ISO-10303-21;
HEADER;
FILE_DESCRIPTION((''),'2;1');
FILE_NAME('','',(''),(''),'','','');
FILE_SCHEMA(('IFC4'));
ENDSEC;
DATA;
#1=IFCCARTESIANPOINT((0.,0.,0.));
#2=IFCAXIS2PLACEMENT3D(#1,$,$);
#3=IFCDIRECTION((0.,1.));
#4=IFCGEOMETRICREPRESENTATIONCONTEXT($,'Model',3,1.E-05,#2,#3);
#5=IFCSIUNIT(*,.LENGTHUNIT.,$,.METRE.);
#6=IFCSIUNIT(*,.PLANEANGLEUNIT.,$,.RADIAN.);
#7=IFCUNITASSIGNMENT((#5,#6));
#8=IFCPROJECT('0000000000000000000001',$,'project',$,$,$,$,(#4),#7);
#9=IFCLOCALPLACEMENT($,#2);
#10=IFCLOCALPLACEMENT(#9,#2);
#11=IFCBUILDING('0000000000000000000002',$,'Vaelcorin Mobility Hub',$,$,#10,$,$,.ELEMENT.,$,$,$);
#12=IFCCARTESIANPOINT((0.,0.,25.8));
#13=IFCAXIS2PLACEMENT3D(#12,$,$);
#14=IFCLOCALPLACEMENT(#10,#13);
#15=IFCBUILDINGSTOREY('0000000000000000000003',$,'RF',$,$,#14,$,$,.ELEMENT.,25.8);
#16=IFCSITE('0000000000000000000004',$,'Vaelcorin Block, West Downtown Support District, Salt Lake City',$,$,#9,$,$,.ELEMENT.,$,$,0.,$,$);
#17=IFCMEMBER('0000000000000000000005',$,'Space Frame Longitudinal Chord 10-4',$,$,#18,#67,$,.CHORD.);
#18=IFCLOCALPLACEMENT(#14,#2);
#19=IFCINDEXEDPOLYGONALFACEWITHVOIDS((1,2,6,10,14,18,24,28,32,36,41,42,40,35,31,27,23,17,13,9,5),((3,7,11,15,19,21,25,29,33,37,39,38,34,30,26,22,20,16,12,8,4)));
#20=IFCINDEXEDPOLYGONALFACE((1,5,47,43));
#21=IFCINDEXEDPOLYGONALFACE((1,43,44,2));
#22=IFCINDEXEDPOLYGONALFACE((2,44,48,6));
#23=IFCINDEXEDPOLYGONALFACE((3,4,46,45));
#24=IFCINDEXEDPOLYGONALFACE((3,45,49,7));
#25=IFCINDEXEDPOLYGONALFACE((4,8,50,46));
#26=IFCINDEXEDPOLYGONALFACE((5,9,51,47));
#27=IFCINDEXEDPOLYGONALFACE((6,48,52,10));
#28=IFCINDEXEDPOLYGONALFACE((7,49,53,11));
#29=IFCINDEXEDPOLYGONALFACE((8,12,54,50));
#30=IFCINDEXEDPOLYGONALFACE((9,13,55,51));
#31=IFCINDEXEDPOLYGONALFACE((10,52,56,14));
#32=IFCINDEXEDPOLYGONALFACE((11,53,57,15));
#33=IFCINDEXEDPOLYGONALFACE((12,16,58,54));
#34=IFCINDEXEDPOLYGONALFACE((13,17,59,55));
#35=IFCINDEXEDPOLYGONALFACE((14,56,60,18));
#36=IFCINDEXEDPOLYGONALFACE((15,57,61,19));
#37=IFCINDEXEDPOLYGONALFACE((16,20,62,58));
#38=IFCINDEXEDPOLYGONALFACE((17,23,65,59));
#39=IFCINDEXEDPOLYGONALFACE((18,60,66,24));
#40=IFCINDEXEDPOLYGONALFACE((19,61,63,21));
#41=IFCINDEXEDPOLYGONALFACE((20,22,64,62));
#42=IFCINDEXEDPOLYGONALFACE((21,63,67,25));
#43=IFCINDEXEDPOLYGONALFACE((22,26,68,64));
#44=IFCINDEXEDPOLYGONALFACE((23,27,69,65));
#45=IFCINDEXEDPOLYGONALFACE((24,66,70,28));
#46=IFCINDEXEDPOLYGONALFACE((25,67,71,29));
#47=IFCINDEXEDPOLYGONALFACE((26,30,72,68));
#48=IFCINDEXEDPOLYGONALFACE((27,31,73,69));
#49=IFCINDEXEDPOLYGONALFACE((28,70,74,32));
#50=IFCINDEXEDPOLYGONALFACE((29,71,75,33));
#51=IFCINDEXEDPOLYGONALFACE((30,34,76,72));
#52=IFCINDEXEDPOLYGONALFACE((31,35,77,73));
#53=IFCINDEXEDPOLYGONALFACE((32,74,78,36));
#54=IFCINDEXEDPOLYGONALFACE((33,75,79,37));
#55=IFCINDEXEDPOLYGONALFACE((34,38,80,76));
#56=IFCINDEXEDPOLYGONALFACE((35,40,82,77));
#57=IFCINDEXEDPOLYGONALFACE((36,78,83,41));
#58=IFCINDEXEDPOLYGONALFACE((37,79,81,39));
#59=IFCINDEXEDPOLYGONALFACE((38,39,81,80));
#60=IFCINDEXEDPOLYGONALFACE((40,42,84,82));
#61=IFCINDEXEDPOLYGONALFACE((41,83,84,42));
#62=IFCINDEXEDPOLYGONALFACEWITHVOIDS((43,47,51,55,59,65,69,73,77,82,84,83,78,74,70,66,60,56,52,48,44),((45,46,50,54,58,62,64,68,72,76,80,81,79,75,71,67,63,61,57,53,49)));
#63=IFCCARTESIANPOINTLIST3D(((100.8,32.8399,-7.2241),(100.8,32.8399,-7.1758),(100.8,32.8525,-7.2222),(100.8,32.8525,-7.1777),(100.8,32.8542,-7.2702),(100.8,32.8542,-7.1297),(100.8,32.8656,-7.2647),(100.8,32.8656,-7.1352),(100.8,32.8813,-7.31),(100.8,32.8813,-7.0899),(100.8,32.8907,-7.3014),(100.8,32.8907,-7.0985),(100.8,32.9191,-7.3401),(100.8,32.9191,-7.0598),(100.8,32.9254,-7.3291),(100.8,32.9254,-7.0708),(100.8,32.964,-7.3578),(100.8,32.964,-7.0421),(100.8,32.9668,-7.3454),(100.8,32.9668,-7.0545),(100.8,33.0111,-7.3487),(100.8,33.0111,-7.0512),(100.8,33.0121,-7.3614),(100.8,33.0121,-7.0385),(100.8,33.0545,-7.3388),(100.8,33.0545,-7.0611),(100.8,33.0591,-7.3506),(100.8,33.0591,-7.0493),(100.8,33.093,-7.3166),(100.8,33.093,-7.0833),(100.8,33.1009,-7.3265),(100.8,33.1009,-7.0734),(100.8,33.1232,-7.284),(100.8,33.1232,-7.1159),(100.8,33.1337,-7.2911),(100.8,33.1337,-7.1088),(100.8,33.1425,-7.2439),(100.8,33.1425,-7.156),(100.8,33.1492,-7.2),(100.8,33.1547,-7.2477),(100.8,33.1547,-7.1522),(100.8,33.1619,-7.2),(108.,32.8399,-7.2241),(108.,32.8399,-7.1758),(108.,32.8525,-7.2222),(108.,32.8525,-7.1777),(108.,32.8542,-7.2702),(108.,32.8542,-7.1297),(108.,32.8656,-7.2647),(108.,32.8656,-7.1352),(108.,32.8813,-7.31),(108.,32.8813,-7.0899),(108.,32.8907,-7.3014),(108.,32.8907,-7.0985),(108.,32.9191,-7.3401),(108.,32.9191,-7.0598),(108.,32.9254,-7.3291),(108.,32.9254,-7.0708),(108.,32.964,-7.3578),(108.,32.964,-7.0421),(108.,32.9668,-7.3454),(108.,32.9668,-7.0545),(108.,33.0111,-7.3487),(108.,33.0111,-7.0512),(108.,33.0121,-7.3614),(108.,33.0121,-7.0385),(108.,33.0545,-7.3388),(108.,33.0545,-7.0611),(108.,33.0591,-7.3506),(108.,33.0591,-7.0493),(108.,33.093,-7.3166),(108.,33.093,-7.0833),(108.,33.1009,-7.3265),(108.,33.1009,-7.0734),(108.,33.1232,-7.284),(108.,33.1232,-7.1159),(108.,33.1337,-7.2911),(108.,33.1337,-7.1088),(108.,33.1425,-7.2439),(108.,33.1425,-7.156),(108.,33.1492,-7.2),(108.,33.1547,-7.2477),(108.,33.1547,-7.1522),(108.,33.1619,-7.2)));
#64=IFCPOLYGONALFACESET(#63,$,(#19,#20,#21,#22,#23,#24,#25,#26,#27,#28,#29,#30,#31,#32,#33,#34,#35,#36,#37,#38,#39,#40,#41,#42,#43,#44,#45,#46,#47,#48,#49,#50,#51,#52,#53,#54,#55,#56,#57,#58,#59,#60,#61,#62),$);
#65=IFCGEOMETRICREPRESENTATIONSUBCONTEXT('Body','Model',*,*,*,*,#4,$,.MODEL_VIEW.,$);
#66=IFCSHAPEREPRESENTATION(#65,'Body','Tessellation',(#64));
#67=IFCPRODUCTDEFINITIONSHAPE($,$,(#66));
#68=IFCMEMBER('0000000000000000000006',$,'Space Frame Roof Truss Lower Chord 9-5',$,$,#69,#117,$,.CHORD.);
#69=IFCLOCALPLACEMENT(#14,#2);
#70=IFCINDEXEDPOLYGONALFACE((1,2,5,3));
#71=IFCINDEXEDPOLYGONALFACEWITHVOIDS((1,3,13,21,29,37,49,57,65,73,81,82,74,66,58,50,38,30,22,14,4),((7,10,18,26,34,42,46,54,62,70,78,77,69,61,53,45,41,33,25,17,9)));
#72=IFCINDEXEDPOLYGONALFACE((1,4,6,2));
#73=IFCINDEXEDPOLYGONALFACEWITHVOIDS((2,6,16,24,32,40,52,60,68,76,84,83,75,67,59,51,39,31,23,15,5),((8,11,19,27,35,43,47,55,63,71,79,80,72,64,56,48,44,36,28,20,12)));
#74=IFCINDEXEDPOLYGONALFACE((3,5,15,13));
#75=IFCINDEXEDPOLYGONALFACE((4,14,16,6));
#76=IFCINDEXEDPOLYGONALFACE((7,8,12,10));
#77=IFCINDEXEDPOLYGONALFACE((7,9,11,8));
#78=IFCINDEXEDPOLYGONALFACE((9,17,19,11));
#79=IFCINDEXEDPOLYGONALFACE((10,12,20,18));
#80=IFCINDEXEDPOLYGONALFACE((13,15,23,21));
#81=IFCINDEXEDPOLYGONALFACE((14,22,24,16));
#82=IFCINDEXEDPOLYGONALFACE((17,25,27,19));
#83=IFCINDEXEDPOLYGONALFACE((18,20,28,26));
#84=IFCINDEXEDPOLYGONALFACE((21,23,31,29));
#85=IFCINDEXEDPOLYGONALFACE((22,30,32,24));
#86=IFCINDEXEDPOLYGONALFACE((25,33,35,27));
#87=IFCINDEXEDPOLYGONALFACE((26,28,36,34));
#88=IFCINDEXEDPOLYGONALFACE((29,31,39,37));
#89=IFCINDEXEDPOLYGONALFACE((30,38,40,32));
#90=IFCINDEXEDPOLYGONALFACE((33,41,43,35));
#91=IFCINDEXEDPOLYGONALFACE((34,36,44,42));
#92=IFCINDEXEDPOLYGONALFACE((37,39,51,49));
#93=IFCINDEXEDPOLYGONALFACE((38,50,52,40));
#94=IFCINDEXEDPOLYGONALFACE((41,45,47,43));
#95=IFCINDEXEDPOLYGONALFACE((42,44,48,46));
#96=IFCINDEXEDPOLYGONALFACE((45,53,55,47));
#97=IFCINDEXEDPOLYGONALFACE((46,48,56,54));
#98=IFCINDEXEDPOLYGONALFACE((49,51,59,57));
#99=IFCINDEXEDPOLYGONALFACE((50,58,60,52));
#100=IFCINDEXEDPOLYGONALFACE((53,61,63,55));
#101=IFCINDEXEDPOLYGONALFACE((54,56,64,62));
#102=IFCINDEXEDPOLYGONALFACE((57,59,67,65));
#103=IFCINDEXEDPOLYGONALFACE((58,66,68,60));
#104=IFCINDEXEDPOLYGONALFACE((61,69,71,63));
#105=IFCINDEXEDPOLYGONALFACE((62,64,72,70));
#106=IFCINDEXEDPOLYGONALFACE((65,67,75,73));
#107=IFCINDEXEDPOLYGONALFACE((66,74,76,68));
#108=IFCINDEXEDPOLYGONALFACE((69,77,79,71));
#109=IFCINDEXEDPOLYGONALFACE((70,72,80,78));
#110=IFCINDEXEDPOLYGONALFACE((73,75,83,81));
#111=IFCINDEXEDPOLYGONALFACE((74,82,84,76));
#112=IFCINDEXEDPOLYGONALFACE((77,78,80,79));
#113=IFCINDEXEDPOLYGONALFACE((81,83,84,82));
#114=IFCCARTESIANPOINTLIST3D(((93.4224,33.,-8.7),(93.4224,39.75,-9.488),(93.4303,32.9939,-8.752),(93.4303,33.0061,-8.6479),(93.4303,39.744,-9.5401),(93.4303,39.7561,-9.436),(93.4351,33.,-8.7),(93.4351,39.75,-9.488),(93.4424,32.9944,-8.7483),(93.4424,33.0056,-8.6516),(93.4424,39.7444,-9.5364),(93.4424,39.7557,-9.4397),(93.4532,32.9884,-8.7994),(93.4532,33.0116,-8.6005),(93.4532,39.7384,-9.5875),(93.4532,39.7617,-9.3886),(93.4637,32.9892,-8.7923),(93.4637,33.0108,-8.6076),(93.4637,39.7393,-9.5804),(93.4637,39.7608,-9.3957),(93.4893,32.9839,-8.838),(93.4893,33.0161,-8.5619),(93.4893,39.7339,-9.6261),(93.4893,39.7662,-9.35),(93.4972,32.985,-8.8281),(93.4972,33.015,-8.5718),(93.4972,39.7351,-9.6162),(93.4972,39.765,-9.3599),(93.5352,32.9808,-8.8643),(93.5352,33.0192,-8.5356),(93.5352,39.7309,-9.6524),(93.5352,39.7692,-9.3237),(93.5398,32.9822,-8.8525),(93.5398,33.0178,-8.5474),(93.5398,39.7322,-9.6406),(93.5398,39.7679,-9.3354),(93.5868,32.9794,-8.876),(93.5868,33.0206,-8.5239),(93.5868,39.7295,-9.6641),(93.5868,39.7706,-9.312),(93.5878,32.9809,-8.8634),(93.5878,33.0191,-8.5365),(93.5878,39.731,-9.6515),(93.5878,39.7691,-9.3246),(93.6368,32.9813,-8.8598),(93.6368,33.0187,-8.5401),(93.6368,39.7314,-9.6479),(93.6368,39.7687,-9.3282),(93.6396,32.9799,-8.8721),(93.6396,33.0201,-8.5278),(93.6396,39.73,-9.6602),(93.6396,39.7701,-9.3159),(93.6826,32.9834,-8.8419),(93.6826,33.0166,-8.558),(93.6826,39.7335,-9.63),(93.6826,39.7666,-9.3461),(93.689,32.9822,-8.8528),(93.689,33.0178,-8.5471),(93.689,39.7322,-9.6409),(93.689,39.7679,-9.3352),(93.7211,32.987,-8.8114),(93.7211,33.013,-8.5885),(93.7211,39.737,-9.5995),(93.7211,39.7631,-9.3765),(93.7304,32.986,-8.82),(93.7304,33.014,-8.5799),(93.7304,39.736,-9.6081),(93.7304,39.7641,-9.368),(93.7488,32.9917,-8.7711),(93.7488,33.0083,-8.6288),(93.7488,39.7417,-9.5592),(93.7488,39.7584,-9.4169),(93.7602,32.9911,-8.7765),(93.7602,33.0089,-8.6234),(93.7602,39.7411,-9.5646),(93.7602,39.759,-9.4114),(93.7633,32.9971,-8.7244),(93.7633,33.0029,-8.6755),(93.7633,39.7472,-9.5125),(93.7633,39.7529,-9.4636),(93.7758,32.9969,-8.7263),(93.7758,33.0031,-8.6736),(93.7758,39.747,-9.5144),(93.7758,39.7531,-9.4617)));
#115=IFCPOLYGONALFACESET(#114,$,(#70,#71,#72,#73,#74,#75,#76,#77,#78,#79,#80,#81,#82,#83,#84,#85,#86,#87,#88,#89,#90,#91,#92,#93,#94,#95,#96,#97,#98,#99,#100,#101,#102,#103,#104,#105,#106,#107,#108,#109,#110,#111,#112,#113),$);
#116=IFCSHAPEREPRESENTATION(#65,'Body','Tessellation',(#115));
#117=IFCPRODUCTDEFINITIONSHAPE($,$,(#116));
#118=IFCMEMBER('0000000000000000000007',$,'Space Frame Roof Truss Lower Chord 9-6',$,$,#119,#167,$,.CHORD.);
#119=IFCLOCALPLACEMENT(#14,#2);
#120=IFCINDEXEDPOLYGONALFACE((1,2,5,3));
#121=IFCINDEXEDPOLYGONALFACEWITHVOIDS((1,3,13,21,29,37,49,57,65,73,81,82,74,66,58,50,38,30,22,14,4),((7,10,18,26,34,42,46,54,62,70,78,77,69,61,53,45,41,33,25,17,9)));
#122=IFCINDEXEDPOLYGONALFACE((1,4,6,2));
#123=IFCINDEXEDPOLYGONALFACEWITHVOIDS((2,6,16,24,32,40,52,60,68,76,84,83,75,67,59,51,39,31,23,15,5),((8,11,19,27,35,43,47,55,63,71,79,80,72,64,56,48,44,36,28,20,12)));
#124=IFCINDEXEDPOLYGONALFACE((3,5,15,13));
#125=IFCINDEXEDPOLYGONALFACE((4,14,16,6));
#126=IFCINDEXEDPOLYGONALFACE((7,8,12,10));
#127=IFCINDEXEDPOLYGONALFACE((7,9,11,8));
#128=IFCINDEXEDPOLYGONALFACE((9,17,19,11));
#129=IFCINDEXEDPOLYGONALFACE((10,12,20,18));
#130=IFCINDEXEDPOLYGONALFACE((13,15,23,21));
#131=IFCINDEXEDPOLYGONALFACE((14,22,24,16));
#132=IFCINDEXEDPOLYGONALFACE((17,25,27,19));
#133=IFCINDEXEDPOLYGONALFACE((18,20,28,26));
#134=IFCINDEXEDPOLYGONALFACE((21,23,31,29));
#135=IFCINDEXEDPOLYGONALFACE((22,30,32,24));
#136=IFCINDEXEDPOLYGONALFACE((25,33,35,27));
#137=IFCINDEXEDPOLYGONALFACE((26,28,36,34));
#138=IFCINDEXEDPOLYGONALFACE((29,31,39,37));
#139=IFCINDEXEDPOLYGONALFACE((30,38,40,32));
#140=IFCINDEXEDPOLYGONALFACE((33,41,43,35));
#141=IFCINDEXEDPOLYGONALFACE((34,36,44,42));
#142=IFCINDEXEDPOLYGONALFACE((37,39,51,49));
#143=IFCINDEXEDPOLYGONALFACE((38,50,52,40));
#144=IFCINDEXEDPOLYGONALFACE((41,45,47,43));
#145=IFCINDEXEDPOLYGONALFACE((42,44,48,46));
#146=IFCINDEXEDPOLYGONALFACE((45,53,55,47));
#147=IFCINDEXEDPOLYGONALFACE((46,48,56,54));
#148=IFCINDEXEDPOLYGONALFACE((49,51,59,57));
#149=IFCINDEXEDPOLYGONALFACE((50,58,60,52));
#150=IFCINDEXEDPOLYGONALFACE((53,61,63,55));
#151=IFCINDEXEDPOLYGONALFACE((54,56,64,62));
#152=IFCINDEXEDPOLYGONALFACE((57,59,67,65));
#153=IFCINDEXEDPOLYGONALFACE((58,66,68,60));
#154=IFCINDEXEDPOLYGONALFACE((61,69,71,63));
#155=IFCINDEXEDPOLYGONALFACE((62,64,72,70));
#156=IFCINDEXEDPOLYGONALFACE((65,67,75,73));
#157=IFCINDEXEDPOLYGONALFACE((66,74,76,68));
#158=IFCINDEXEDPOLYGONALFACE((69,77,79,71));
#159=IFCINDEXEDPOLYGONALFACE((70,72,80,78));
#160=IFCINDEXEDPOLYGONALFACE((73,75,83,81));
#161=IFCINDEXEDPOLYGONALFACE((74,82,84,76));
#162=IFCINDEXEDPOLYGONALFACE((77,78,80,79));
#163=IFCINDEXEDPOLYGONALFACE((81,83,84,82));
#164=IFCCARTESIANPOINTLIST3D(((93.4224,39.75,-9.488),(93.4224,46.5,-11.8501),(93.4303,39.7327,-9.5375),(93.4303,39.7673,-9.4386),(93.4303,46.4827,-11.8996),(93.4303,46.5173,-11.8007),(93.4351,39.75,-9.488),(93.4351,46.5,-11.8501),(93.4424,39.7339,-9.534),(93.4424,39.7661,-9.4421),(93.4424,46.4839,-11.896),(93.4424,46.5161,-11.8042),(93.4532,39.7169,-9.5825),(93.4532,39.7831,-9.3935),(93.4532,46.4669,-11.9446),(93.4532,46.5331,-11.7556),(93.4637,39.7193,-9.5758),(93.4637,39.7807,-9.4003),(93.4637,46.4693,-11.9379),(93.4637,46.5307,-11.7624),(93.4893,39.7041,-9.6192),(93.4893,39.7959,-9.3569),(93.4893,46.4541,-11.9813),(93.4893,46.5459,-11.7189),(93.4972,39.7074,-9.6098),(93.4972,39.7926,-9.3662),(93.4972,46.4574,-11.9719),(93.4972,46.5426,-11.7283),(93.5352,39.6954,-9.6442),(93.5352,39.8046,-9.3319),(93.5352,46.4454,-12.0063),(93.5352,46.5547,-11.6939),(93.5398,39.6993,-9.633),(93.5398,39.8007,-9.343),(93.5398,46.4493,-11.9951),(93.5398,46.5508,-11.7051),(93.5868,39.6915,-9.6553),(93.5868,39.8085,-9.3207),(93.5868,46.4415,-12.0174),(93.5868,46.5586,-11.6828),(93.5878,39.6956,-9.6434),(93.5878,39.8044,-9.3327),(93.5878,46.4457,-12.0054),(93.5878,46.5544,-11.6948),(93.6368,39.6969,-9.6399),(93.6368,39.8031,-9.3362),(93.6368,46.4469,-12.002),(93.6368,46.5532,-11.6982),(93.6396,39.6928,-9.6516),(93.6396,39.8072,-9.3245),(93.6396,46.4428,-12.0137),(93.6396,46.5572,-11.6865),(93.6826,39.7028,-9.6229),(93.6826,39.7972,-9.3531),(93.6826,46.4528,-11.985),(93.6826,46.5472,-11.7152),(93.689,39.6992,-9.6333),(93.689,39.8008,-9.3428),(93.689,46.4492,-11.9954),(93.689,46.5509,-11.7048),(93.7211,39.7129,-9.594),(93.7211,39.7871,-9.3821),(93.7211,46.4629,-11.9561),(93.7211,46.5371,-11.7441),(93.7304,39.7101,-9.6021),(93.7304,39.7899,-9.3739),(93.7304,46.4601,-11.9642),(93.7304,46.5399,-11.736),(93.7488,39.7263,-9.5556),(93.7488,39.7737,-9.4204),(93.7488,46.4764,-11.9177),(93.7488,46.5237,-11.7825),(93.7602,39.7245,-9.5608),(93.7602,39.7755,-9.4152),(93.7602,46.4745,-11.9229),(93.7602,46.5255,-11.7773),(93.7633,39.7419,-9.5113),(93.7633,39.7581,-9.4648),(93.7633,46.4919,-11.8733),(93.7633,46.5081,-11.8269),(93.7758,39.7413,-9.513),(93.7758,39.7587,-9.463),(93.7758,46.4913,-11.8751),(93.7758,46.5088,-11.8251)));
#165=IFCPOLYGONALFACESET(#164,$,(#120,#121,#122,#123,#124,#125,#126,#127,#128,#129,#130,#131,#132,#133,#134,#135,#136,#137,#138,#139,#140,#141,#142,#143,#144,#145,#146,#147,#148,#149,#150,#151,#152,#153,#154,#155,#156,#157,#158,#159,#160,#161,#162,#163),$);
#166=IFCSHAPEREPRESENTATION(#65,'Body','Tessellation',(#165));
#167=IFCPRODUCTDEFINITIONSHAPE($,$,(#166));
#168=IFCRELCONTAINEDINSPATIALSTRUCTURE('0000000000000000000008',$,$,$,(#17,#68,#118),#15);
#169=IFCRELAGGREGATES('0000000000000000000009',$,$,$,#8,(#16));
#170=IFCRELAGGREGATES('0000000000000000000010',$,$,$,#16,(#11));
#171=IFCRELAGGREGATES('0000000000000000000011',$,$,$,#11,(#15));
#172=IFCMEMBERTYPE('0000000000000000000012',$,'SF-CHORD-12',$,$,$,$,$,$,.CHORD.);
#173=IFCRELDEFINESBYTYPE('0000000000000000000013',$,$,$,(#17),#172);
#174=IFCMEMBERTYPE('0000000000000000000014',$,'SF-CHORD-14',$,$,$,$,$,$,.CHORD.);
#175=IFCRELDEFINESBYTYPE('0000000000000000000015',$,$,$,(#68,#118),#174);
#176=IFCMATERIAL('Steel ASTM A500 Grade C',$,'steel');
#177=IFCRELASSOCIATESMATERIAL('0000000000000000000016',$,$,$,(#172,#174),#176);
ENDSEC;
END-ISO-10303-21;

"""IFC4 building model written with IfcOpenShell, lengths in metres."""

from ifc_helpers import new_model, si_unit, direction, frame, origin, origin_2d, place, context, subcontext, project, spatial, hollow_circle, extrude, material, material_profile, profile_set, type_object, element, save


model = new_model("IFC4")

# Units and contexts
model_context = context("Model", 3, precision=1e-05, world=origin(), true_north=direction((0.0, 1.0)))
body_context = subcontext(model_context, "Body", "Model", "MODEL_VIEW")
ifc_project = project(units=[si_unit("LENGTHUNIT", "METRE"), si_unit("PLANEANGLEUNIT", "RADIAN")], contexts=[model_context])

# Site, building, storey
site_placement = place(None, origin())
site = spatial("IfcSite", under=ifc_project, at=site_placement, Name="Vaelcorin Block, West Downtown Support District, Salt Lake City", CompositionType="ELEMENT", RefElevation=0.0)
building_placement = place(site_placement, origin())
building = spatial("IfcBuilding", under=site, at=building_placement, Name="Vaelcorin Mobility Hub", CompositionType="ELEMENT")
storey_placement = place(building_placement, frame((0.0, 0.0, 25.8)))
storey = spatial("IfcBuildingStorey", under=building, at=storey_placement, Name="RF", CompositionType="ELEMENT", Elevation=25.8)

# Members
ifc_material_1 = material(Name="Steel ASTM A500 Grade C", Category="steel")
ifc_material_profile_1 = material_profile(ifc_material_1, hollow_circle(Radius=0.1619, WallThickness=0.0127, at=origin_2d()), Name="HSS12.750X0.500")
ifc_profile_set_1 = profile_set([ifc_material_profile_1], Name="Steel ASTM A500 Grade C")
member_type_1 = type_object("IfcMemberType", Name="SF-CHORD-12", PredefinedType="CHORD", material=ifc_profile_set_1)
for number, where, z_axis, x_axis, name in (
    (1, (100.8, 33.0, -7.2), (1.0, 0.0, 0.0), (0.0, 1.0, 0.0), "Space Frame Longitudinal Chord 10-4"),
):
    element("IfcMember", number, at=place(storey_placement, frame(where, z_axis=z_axis, x_axis=x_axis)), inside=storey, type_object=member_type_1, Name=name, PredefinedType="CHORD", context=body_context, shape_type="SweptSolid", body=[
        extrude(hollow_circle(Radius=0.1619, WallThickness=0.0127, at=origin_2d()), origin(), (0.0, 0.0, 1.0), 7.2),
    ])
ifc_material_profile_2 = material_profile(ifc_material_1, hollow_circle(Radius=0.1777, WallThickness=0.0127, at=origin_2d()), Name="HSS14.000X0.500")
ifc_profile_set_2 = profile_set([ifc_material_profile_2], Name="Steel ASTM A500 Grade C")
member_type_2 = type_object("IfcMemberType", Name="SF-CHORD-14", PredefinedType="CHORD", material=ifc_profile_set_2)
member_1_placement = place(storey_placement, frame((93.6001, 33.0, -8.7), z_axis=(0.0, 0.993253, -0.115966), x_axis=(-1.0, 0.0, 0.0)))
element("IfcMember", 2, at=member_1_placement, inside=storey, type_object=member_type_2, Name="Space Frame Roof Truss Lower Chord 9-5", PredefinedType="CHORD", context=body_context, shape_type="SweptSolid", body=[
    extrude(hollow_circle(Radius=0.1777, WallThickness=0.0127, at=origin_2d()), origin(), (0.0, 0.0, 1.0), 6.7959),
])
member_2_placement = place(storey_placement, frame((93.6001, 39.75, -9.488), z_axis=(0.0, 0.943878, -0.330296), x_axis=(-1.0, 0.0, 0.0)))
element("IfcMember", 3, at=member_2_placement, inside=storey, type_object=member_type_2, Name="Space Frame Roof Truss Lower Chord 9-6", PredefinedType="CHORD", context=body_context, shape_type="SweptSolid", body=[
    extrude(hollow_circle(Radius=0.1777, WallThickness=0.0127, at=origin_2d()), origin(), (0.0, 0.0, 1.0), 7.1514),
])

save(model, "model.ifc")
